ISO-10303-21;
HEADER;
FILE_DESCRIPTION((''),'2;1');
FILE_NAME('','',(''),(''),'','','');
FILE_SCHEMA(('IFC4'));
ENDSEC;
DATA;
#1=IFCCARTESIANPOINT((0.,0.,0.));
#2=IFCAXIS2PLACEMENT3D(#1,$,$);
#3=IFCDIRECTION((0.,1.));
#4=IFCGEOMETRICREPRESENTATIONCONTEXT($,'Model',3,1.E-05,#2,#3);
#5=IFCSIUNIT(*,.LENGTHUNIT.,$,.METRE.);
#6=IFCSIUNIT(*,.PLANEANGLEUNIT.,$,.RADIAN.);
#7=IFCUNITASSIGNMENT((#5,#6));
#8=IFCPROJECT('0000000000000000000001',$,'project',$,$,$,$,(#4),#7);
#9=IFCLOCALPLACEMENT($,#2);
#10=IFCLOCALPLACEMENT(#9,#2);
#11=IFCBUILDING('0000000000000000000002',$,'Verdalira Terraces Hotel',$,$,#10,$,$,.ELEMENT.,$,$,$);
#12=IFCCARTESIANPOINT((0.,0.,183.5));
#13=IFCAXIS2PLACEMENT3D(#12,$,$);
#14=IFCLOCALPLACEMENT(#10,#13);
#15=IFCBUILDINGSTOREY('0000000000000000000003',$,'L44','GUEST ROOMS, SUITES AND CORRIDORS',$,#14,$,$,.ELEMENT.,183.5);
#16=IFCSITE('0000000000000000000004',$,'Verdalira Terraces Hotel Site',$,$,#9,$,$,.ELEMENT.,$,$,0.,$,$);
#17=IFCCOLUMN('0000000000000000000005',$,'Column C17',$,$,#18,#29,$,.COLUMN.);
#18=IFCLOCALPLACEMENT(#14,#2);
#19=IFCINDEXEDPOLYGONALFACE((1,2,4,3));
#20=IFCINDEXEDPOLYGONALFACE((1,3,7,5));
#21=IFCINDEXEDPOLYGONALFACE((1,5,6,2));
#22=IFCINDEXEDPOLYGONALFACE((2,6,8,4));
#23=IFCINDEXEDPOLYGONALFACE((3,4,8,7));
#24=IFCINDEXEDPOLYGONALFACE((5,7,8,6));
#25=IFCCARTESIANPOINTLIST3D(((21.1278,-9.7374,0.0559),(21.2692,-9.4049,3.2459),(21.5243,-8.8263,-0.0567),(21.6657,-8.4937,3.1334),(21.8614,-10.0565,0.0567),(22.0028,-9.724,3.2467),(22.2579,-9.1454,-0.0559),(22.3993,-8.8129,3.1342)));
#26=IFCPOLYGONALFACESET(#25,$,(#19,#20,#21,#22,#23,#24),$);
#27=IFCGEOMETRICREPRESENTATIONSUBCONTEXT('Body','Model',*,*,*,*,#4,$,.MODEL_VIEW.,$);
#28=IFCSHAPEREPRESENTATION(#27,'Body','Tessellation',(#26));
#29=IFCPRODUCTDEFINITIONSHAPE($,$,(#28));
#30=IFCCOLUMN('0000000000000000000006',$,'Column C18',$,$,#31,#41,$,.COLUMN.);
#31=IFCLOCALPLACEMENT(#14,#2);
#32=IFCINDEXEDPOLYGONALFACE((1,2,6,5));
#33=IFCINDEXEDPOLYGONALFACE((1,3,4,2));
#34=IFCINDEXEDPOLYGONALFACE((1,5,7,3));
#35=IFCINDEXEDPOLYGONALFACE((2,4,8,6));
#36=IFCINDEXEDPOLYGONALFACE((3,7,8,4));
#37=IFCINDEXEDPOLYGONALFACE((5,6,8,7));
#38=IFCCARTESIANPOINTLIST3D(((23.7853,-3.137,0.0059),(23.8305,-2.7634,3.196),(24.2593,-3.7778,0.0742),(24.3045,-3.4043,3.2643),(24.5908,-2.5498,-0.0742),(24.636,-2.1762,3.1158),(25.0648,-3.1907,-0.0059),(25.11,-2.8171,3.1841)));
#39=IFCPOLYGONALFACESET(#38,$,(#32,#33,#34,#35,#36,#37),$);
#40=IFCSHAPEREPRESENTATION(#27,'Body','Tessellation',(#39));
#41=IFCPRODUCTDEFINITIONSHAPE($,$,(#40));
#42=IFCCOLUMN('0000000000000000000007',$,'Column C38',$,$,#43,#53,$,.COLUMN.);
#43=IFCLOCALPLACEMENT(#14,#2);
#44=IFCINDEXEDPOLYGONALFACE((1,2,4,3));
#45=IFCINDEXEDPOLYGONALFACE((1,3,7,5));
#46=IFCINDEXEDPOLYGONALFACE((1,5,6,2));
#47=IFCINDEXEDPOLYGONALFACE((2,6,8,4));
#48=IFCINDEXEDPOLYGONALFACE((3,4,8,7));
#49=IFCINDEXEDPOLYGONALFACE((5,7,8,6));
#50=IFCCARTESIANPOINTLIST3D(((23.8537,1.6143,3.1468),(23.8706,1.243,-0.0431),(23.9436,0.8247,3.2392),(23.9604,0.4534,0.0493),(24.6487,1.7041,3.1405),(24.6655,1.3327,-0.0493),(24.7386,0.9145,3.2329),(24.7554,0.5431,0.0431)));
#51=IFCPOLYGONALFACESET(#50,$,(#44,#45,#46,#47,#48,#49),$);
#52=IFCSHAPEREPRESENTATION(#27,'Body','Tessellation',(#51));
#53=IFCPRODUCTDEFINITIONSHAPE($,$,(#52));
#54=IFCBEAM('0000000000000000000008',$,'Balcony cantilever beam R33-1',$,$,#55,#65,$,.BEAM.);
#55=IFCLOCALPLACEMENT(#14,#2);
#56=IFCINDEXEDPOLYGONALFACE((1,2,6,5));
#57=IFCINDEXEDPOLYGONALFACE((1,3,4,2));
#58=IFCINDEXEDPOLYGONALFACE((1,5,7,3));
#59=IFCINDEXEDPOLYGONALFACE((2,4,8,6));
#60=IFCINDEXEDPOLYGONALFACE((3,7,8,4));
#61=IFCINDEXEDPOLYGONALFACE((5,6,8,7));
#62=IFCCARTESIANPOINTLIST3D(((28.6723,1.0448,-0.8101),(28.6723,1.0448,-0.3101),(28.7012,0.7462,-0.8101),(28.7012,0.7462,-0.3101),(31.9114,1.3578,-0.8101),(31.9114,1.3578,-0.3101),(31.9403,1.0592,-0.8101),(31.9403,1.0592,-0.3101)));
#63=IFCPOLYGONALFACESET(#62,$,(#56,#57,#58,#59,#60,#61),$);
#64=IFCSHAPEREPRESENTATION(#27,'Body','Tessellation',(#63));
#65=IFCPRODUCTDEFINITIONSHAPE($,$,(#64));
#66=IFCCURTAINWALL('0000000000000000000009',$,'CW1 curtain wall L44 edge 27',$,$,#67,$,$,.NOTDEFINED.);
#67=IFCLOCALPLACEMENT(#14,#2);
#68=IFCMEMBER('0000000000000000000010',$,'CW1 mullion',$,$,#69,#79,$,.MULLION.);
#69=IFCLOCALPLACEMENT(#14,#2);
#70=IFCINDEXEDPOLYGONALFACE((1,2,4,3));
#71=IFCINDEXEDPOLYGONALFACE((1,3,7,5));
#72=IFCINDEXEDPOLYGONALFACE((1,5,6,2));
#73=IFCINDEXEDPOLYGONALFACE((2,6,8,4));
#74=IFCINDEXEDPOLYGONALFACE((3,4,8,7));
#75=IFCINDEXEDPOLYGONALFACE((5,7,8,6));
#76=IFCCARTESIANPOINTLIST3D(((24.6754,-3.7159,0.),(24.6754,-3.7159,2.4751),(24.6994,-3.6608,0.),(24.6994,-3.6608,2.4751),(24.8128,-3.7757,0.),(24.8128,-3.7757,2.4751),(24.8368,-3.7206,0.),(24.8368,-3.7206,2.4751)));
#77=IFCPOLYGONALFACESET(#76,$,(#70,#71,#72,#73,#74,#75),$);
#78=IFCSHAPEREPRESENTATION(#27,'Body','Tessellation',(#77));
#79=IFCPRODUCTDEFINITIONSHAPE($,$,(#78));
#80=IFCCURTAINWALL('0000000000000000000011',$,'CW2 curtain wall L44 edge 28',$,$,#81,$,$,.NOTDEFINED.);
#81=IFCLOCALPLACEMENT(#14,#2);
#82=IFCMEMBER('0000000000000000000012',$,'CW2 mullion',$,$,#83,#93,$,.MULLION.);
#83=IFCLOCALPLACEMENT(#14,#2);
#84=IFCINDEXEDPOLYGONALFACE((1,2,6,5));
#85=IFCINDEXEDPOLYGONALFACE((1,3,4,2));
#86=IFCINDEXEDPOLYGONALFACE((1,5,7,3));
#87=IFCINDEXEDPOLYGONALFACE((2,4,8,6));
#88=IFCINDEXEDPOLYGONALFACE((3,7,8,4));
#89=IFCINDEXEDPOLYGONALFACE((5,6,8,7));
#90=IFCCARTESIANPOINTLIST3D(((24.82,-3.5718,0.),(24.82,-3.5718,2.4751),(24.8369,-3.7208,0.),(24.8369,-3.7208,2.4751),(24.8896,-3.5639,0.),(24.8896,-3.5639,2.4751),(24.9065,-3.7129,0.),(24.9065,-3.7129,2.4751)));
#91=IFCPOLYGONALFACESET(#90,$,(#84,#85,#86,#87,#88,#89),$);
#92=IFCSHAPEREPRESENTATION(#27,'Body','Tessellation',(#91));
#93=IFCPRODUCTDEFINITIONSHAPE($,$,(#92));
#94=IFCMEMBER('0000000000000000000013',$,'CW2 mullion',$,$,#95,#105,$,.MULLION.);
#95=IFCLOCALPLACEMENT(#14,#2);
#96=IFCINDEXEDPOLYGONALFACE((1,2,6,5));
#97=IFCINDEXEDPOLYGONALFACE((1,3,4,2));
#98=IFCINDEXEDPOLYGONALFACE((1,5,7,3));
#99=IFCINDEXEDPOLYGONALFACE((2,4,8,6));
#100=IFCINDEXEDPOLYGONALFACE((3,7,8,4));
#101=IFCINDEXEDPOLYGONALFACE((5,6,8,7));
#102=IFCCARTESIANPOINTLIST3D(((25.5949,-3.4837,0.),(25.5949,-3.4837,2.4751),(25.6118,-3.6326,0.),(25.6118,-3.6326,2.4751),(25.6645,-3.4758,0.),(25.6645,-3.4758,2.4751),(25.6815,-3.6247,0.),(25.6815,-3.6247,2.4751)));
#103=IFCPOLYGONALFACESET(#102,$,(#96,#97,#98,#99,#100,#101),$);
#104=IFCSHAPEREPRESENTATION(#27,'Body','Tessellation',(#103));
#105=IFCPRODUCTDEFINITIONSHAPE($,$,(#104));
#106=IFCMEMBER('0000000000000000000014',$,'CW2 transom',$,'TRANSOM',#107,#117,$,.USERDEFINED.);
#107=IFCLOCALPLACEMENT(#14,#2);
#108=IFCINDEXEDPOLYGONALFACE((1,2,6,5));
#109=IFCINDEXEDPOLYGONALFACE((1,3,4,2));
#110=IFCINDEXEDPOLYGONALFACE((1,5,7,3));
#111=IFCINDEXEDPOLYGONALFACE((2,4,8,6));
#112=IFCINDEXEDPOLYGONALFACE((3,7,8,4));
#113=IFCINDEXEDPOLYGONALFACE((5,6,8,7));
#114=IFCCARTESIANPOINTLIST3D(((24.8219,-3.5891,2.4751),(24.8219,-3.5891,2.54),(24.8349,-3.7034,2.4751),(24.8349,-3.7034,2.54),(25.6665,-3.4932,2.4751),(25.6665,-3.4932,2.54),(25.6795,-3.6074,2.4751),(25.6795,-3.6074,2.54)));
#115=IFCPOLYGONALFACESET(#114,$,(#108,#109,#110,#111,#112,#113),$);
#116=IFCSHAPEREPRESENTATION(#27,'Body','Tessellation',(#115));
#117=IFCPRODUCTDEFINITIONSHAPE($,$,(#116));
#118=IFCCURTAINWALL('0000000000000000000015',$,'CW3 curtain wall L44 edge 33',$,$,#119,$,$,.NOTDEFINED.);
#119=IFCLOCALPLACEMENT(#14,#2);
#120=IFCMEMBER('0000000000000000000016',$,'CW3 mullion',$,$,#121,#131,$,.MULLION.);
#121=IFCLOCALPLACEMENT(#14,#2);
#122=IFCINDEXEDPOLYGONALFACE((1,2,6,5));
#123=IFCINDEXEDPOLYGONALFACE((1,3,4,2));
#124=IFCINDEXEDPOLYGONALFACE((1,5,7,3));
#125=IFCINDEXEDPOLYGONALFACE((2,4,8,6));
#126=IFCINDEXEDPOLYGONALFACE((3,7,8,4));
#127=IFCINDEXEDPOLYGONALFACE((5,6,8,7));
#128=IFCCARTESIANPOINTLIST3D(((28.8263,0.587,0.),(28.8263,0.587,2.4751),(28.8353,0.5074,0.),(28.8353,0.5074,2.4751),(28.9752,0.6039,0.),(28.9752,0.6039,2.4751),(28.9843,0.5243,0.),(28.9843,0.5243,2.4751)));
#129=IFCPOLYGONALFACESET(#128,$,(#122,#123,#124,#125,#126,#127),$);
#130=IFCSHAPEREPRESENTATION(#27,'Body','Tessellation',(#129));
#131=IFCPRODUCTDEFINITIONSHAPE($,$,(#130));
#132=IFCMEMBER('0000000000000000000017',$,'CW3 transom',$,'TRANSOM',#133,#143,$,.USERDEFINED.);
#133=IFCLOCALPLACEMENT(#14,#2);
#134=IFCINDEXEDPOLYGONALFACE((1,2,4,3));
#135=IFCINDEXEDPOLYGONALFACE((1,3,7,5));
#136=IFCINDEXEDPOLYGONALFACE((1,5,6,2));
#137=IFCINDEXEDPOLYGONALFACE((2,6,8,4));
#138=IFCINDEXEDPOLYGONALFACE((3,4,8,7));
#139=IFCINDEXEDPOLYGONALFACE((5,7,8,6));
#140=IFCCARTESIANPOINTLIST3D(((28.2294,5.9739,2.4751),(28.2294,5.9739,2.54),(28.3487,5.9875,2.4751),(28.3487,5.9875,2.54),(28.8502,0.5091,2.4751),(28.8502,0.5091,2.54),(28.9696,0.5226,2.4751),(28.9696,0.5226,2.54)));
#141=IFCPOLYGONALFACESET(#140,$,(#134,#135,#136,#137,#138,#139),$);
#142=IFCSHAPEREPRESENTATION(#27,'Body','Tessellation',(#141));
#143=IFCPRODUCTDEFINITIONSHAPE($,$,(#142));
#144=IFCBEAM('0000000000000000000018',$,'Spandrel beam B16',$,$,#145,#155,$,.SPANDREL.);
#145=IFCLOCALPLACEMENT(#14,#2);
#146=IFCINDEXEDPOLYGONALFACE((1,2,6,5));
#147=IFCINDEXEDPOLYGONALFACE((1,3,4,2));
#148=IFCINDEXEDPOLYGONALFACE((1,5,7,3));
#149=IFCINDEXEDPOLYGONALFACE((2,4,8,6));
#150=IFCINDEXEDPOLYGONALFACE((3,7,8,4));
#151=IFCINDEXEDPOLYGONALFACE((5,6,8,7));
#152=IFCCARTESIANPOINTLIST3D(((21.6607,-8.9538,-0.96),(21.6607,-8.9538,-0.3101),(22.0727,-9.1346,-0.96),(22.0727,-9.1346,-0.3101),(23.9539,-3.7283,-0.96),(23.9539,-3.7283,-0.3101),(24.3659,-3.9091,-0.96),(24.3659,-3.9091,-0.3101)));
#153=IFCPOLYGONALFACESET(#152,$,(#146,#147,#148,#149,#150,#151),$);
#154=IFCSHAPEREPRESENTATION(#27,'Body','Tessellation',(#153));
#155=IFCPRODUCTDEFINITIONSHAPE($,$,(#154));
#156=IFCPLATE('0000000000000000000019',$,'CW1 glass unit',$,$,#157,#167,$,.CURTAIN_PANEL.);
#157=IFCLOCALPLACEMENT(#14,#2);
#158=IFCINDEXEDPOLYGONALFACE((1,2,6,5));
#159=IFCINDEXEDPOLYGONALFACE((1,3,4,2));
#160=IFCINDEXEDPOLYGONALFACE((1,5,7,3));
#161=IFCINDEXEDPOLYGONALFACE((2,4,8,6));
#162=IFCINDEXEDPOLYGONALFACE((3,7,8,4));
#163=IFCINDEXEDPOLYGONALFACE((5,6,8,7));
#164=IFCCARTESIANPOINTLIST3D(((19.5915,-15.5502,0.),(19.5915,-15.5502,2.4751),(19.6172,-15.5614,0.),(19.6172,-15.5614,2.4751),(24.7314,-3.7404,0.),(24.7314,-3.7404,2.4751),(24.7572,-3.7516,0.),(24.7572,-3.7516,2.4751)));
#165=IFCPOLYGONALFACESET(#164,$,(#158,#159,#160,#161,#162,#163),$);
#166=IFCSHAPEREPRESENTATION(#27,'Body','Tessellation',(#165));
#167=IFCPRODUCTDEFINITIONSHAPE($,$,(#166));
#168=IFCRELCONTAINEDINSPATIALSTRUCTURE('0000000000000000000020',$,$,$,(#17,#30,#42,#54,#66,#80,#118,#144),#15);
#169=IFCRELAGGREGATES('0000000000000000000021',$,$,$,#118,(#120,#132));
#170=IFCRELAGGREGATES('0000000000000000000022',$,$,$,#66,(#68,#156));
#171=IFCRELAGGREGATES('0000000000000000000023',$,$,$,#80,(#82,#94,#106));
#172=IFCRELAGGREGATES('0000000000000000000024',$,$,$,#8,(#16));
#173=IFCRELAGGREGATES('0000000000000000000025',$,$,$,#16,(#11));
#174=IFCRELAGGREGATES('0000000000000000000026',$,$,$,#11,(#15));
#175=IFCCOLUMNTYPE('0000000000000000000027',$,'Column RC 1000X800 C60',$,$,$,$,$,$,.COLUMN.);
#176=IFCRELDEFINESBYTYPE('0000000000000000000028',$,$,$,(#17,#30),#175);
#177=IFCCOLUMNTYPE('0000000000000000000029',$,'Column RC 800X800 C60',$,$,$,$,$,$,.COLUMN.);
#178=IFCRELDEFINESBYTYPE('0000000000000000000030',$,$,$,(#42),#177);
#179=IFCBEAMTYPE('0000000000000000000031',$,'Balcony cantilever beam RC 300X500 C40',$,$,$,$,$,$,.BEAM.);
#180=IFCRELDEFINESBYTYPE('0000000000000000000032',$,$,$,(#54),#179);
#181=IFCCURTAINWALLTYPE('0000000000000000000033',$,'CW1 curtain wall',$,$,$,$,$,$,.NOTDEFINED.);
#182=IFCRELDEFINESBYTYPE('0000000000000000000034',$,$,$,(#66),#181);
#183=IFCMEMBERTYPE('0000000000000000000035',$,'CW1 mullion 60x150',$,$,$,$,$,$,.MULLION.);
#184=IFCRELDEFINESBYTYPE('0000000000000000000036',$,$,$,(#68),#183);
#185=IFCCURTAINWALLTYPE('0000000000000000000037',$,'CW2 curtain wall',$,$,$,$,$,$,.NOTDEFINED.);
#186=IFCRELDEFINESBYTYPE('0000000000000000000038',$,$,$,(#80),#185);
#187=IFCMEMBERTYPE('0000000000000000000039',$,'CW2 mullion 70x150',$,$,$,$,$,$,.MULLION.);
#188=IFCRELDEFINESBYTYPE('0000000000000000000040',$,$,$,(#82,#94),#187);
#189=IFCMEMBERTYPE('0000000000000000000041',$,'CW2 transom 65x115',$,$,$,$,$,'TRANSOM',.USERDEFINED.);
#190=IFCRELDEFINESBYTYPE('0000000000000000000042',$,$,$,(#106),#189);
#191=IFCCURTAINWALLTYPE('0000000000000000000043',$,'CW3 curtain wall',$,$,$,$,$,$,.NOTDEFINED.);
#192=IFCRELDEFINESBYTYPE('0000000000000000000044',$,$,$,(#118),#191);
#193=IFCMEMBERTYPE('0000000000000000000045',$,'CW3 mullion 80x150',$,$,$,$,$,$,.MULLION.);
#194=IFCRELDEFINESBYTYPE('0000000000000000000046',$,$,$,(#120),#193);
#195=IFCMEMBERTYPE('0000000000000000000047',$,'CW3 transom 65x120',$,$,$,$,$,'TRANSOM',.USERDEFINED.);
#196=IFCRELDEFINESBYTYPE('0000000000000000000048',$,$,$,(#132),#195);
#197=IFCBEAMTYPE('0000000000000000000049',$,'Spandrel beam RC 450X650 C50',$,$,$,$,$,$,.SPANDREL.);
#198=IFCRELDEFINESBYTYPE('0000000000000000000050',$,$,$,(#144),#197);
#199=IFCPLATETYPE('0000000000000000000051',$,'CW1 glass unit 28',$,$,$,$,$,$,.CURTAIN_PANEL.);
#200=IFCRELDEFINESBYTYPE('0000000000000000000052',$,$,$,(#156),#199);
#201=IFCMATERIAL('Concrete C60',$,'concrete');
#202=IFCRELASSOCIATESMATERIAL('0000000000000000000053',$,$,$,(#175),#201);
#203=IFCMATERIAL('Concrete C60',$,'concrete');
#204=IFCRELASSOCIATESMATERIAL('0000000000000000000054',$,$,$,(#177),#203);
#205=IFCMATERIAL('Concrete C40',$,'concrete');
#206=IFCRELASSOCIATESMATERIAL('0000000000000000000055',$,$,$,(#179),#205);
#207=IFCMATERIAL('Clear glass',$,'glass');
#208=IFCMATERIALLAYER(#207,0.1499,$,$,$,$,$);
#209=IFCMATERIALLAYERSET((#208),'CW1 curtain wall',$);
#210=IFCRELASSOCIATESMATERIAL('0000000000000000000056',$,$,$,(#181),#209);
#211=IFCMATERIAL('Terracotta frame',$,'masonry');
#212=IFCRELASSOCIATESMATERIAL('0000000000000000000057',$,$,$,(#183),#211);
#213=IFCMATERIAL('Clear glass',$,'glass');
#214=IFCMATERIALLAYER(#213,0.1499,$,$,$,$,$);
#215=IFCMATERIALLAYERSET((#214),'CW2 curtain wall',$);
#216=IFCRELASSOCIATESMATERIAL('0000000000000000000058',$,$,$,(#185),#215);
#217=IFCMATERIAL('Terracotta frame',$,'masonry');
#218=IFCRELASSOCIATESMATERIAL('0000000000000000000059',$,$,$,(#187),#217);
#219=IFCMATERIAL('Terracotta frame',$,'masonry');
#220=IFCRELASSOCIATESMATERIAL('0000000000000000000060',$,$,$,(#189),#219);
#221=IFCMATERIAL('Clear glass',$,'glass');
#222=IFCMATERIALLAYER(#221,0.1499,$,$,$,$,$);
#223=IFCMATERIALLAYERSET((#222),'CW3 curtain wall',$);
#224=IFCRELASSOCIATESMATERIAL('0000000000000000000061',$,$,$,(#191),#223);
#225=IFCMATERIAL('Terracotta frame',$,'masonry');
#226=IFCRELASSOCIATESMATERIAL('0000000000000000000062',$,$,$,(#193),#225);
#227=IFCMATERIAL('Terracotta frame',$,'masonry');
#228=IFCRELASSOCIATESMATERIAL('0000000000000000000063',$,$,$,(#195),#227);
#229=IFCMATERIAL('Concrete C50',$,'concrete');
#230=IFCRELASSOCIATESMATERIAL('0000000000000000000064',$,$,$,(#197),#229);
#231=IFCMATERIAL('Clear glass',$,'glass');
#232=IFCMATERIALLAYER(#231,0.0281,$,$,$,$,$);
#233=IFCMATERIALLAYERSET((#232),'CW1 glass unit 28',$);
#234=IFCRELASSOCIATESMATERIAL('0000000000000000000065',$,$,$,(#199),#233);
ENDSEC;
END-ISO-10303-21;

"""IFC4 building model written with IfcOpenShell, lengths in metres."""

from ifc_helpers import new_model, si_unit, direction, frame, origin, origin_2d, place, context, subcontext, project, spatial, rectangle, extrude, material, layer, layer_set, material_profile, profile_set, type_object, element, aggregate, save


model = new_model("IFC4")

# Units and contexts
model_context = context("Model", 3, precision=1e-05, world=origin(), true_north=direction((0.0, 1.0)))
body_context = subcontext(model_context, "Body", "Model", "MODEL_VIEW")
ifc_project = project(units=[si_unit("LENGTHUNIT", "METRE"), si_unit("PLANEANGLEUNIT", "RADIAN")], contexts=[model_context])

# Site, building, storey
site_placement = place(None, origin())
site = spatial("IfcSite", under=ifc_project, at=site_placement, Name="Verdalira Terraces Hotel Site", CompositionType="ELEMENT", RefElevation=0.0)
building_placement = place(site_placement, origin())
building = spatial("IfcBuilding", under=site, at=building_placement, Name="Verdalira Terraces Hotel", CompositionType="ELEMENT")
storey_placement = place(building_placement, frame((0.0, 0.0, 183.5)))
storey = spatial("IfcBuildingStorey", under=building, at=storey_placement, Name="L44", Description="GUEST ROOMS, SUITES AND CORRIDORS", CompositionType="ELEMENT", Elevation=183.5)

# Columns
ifc_material_1 = material(Name="Concrete C60", Category="concrete")
ifc_material_profile_1 = material_profile(ifc_material_1, rectangle(XDim=1.0, YDim=0.8, at=origin_2d()), Name="RC 1000X800")
ifc_profile_set_1 = profile_set([ifc_material_profile_1], Name="Concrete C60")
column_type_1 = type_object("IfcColumnType", Name="Column RC 1000X800 C60", PredefinedType="COLUMN", material=ifc_profile_set_1)
column_1_placement = place(storey_placement, frame((21.6929, -9.4414, 0.0), z_axis=(0.044032, 0.103578, 0.993646), x_axis=(0.396486, 0.911116, -0.112544)))
element("IfcColumn", 1, at=column_1_placement, inside=storey, type_object=column_type_1, Name="Column C17", PredefinedType="COLUMN", context=body_context, shape_type="SweptSolid", body=[
    extrude(rectangle(XDim=1.0, YDim=0.8, at=origin_2d()), origin(), (0.0, 0.0, 1.0), 3.2104),
])
column_2_placement = place(storey_placement, frame((24.425, -3.1638, 0.0), z_axis=(0.014061, 0.116292, 0.993116), x_axis=(-0.805482, -0.587174, 0.080161)))
element("IfcColumn", 2, at=column_2_placement, inside=storey, type_object=column_type_1, Name="Column C18", PredefinedType="COLUMN", context=body_context, shape_type="SweptSolid", body=[
    extrude(rectangle(XDim=1.0, YDim=0.8, at=origin_2d()), origin(), (0.0, 0.0, 1.0), 3.2122),
])
ifc_material_2 = material(Name="Concrete C60", Category="concrete")
ifc_material_profile_2 = material_profile(ifc_material_2, rectangle(XDim=0.8, YDim=0.8, at=origin_2d()), Name="RC 800X800")
ifc_profile_set_2 = profile_set([ifc_material_profile_2], Name="Concrete C60")
column_type_2 = type_object("IfcColumnType", Name="Column RC 800X800 C60", PredefinedType="COLUMN", material=ifc_profile_set_2)
column_3_placement = place(storey_placement, frame((24.313, 0.8931, 0.0), z_axis=(-0.005245, 0.115627, 0.993279), x_axis=(0.993656, 0.112187, -0.007812)))
element("IfcColumn", 3, at=column_3_placement, inside=storey, type_object=column_type_2, Name="Column C38", PredefinedType="COLUMN", context=body_context, shape_type="SweptSolid", body=[
    extrude(rectangle(XDim=0.8, YDim=0.8, at=origin_2d()), origin(), (0.0, 0.0, 1.0), 3.2114),
])

# Beam
ifc_material_3 = material(Name="Concrete C40", Category="concrete")
ifc_material_profile_3 = material_profile(ifc_material_3, rectangle(XDim=0.3, YDim=0.5, at=origin_2d()), Name="RC 300X500")
ifc_profile_set_3 = profile_set([ifc_material_profile_3], Name="Concrete C40")
beam_type_1 = type_object("IfcBeamType", Name="Balcony cantilever beam RC 300X500 C40", PredefinedType="BEAM", material=ifc_profile_set_3)
beam_1_placement = place(storey_placement, frame((28.6868, 0.8955, -0.5601), z_axis=(0.995364, 0.096183, 0.0), x_axis=(-0.096183, 0.995364, 0.0)))
element("IfcBeam", 4, at=beam_1_placement, inside=storey, type_object=beam_type_1, Name="Balcony cantilever beam R33-1", PredefinedType="BEAM", context=body_context, shape_type="SweptSolid", body=[
    extrude(rectangle(XDim=0.3, YDim=0.5, at=origin_2d()), origin(), (0.0, 0.0, 1.0), 3.2542),
])

# Curtain wall, member
ifc_material_4 = material(Name="Clear glass", Category="glass")
ifc_layer_1 = layer(ifc_material_4, 0.1499)
ifc_layer_set_1 = layer_set([ifc_layer_1], Name="CW1 curtain wall")
curtain_wall_type_1 = type_object("IfcCurtainWallType", Name="CW1 curtain wall", PredefinedType="NOTDEFINED", material=ifc_layer_set_1)
curtain_wall_1_placement = place(storey_placement, origin())
curtain_wall_1 = element("IfcCurtainWall", 5, at=curtain_wall_1_placement, inside=storey, type_object=curtain_wall_type_1, Name="CW1 curtain wall L44 edge 27", PredefinedType="NOTDEFINED")
ifc_material_5 = material(Name="Terracotta frame", Category="masonry")
ifc_material_profile_4 = material_profile(ifc_material_5, rectangle(XDim=0.0601, YDim=0.1499, at=origin_2d()), Name="MU 60x150")
ifc_profile_set_4 = profile_set([ifc_material_profile_4], Name="Terracotta frame")
member_type_1 = type_object("IfcMemberType", Name="CW1 mullion 60x150", PredefinedType="MULLION", material=ifc_profile_set_4)
member_1_placement = place(storey_placement, frame((24.7561, -3.7183, 0.0), z_axis=(0.0, 0.0, 1.0), x_axis=(0.399069, 0.916921, 0.0)))
member_1 = element("IfcMember", 6, at=member_1_placement, type_object=member_type_1, Name="CW1 mullion", PredefinedType="MULLION", context=body_context, shape_type="SweptSolid", body=[
    extrude(rectangle(XDim=0.0601, YDim=0.1499, at=origin_2d()), origin(), (0.0, 0.0, 1.0), 2.4751),
])

# Curtain walls, members
ifc_material_6 = material(Name="Clear glass", Category="glass")
ifc_layer_2 = layer(ifc_material_6, 0.1499)
ifc_layer_set_2 = layer_set([ifc_layer_2], Name="CW2 curtain wall")
curtain_wall_type_2 = type_object("IfcCurtainWallType", Name="CW2 curtain wall", PredefinedType="NOTDEFINED", material=ifc_layer_set_2)
curtain_wall_2_placement = place(storey_placement, origin())
curtain_wall_2 = element("IfcCurtainWall", 7, at=curtain_wall_2_placement, inside=storey, type_object=curtain_wall_type_2, Name="CW2 curtain wall L44 edge 28", PredefinedType="NOTDEFINED")
ifc_material_7 = material(Name="Terracotta frame", Category="masonry")
ifc_material_profile_5 = material_profile(ifc_material_7, rectangle(XDim=0.0701, YDim=0.1499, at=origin_2d()), Name="MU 70x150")
ifc_profile_set_5 = profile_set([ifc_material_profile_5], Name="Terracotta frame")
member_type_2 = type_object("IfcMemberType", Name="CW2 mullion 70x150", PredefinedType="MULLION", material=ifc_profile_set_5)
member_2_placement = place(storey_placement, frame((24.8633, -3.6423, 0.0), z_axis=(0.0, 0.0, 1.0), x_axis=(0.993611, 0.112856, 0.0)))
member_2 = element("IfcMember", 8, at=member_2_placement, type_object=member_type_2, Name="CW2 mullion", PredefinedType="MULLION", context=body_context, shape_type="SweptSolid", body=[
    extrude(rectangle(XDim=0.0701, YDim=0.1499, at=origin_2d()), origin(), (0.0, 0.0, 1.0), 2.4751),
])
member_3_placement = place(storey_placement, frame((25.6382, -3.5542, 0.0), z_axis=(0.0, 0.0, 1.0), x_axis=(0.993611, 0.112856, 0.0)))
member_3 = element("IfcMember", 9, at=member_3_placement, type_object=member_type_2, Name="CW2 mullion", PredefinedType="MULLION", context=body_context, shape_type="SweptSolid", body=[
    extrude(rectangle(XDim=0.0701, YDim=0.1499, at=origin_2d()), origin(), (0.0, 0.0, 1.0), 2.4751),
])
ifc_material_8 = material(Name="Terracotta frame", Category="masonry")
ifc_material_profile_6 = material_profile(ifc_material_8, rectangle(XDim=0.115, YDim=0.0649, at=origin_2d()), Name="TR 65x115")
ifc_profile_set_6 = profile_set([ifc_material_profile_6], Name="Terracotta frame")
member_type_3 = type_object("IfcMemberType", Name="CW2 transom 65x115", ElementType="TRANSOM", PredefinedType="USERDEFINED", material=ifc_profile_set_6)
member_4_placement = place(storey_placement, frame((24.8284, -3.6462, 2.5076), z_axis=(0.993611, 0.112858, 0.0), x_axis=(-0.112858, 0.993611, 0.0)))
member_4 = element("IfcMember", 10, at=member_4_placement, type_object=member_type_3, Name="CW2 transom", ObjectType="TRANSOM", PredefinedType="USERDEFINED", context=body_context, shape_type="SweptSolid", body=[
    extrude(rectangle(XDim=0.115, YDim=0.0649, at=origin_2d()), origin(), (0.0, 0.0, 1.0), 0.8501),
])
ifc_material_9 = material(Name="Clear glass", Category="glass")
ifc_layer_3 = layer(ifc_material_9, 0.1499)
ifc_layer_set_3 = layer_set([ifc_layer_3], Name="CW3 curtain wall")
curtain_wall_type_3 = type_object("IfcCurtainWallType", Name="CW3 curtain wall", PredefinedType="NOTDEFINED", material=ifc_layer_set_3)
curtain_wall_3_placement = place(storey_placement, origin())
curtain_wall_3 = element("IfcCurtainWall", 11, at=curtain_wall_3_placement, inside=storey, type_object=curtain_wall_type_3, Name="CW3 curtain wall L44 edge 33", PredefinedType="NOTDEFINED")
ifc_material_10 = material(Name="Terracotta frame", Category="masonry")
ifc_material_profile_7 = material_profile(ifc_material_10, rectangle(XDim=0.0801, YDim=0.1499, at=origin_2d()), Name="MU 80x150")
ifc_profile_set_7 = profile_set([ifc_material_profile_7], Name="Terracotta frame")
member_type_4 = type_object("IfcMemberType", Name="CW3 mullion 80x150", PredefinedType="MULLION", material=ifc_profile_set_7)
member_5_placement = place(storey_placement, frame((28.9053, 0.5557, 0.0), z_axis=(0.0, 0.0, 1.0), x_axis=(-0.112856, 0.993611, 0.0)))
member_5 = element("IfcMember", 12, at=member_5_placement, type_object=member_type_4, Name="CW3 mullion", PredefinedType="MULLION", context=body_context, shape_type="SweptSolid", body=[
    extrude(rectangle(XDim=0.0801, YDim=0.1499, at=origin_2d()), origin(), (0.0, 0.0, 1.0), 2.4751),
])
ifc_material_11 = material(Name="Terracotta frame", Category="masonry")
ifc_material_profile_8 = material_profile(ifc_material_11, rectangle(XDim=0.1201, YDim=0.0649, at=origin_2d()), Name="TR 65x120")
ifc_profile_set_8 = profile_set([ifc_material_profile_8], Name="Terracotta frame")
member_type_5 = type_object("IfcMemberType", Name="CW3 transom 65x120", ElementType="TRANSOM", PredefinedType="USERDEFINED", material=ifc_profile_set_8)
member_6_placement = place(storey_placement, frame((28.9099, 0.5159, 2.5076), z_axis=(-0.112882, 0.993608, 0.0), x_axis=(-0.993608, -0.112882, 0.0)))
member_6 = element("IfcMember", 13, at=member_6_placement, type_object=member_type_5, Name="CW3 transom", ObjectType="TRANSOM", PredefinedType="USERDEFINED", context=body_context, shape_type="SweptSolid", body=[
    extrude(rectangle(XDim=0.1201, YDim=0.0649, at=origin_2d()), origin(), (0.0, 0.0, 1.0), 5.5),
])
aggregate(curtain_wall_3, [member_5, member_6])

# Beam
ifc_material_12 = material(Name="Concrete C50", Category="concrete")
ifc_material_profile_9 = material_profile(ifc_material_12, rectangle(XDim=0.45, YDim=0.6499, at=origin_2d()), Name="RC 450X650")
ifc_profile_set_9 = profile_set([ifc_material_profile_9], Name="Concrete C50")
beam_type_2 = type_object("IfcBeamType", Name="Spandrel beam RC 450X650 C50", PredefinedType="SPANDREL", material=ifc_profile_set_9)
beam_2_placement = place(storey_placement, frame((21.8667, -9.0442, -0.635), z_axis=(0.401851, 0.915705, 0.0), x_axis=(-0.915705, 0.401851, 0.0)))
element("IfcBeam", 14, at=beam_2_placement, inside=storey, type_object=beam_type_2, Name="Spandrel beam B16", PredefinedType="SPANDREL", context=body_context, shape_type="SweptSolid", body=[
    extrude(rectangle(XDim=0.45, YDim=0.6499, at=origin_2d()), origin(), (0.0, 0.0, 1.0), 5.7065),
])

# Plate
ifc_material_13 = material(Name="Clear glass", Category="glass")
ifc_layer_4 = layer(ifc_material_13, 0.0281)
ifc_layer_set_4 = layer_set([ifc_layer_4], Name="CW1 glass unit 28")
plate_type_1 = type_object("IfcPlateType", Name="CW1 glass unit 28", PredefinedType="CURTAIN_PANEL", material=ifc_layer_set_4)
plate_1_placement = place(storey_placement, frame((22.1743, -9.6509, 0.0), z_axis=(0.0, 0.0, 1.0), x_axis=(0.399069, 0.916921, 0.0)))
plate_1 = element("IfcPlate", 15, at=plate_1_placement, type_object=plate_type_1, Name="CW1 glass unit", PredefinedType="CURTAIN_PANEL", context=body_context, shape_type="SweptSolid", body=[
    extrude(rectangle(XDim=12.8799, YDim=0.0281, at=origin_2d()), origin(), (0.0, 0.0, 1.0), 2.4751),
])
aggregate(curtain_wall_1, [member_1, plate_1])
aggregate(curtain_wall_2, [member_2, member_3, member_4])

save(model, "model.ifc")
